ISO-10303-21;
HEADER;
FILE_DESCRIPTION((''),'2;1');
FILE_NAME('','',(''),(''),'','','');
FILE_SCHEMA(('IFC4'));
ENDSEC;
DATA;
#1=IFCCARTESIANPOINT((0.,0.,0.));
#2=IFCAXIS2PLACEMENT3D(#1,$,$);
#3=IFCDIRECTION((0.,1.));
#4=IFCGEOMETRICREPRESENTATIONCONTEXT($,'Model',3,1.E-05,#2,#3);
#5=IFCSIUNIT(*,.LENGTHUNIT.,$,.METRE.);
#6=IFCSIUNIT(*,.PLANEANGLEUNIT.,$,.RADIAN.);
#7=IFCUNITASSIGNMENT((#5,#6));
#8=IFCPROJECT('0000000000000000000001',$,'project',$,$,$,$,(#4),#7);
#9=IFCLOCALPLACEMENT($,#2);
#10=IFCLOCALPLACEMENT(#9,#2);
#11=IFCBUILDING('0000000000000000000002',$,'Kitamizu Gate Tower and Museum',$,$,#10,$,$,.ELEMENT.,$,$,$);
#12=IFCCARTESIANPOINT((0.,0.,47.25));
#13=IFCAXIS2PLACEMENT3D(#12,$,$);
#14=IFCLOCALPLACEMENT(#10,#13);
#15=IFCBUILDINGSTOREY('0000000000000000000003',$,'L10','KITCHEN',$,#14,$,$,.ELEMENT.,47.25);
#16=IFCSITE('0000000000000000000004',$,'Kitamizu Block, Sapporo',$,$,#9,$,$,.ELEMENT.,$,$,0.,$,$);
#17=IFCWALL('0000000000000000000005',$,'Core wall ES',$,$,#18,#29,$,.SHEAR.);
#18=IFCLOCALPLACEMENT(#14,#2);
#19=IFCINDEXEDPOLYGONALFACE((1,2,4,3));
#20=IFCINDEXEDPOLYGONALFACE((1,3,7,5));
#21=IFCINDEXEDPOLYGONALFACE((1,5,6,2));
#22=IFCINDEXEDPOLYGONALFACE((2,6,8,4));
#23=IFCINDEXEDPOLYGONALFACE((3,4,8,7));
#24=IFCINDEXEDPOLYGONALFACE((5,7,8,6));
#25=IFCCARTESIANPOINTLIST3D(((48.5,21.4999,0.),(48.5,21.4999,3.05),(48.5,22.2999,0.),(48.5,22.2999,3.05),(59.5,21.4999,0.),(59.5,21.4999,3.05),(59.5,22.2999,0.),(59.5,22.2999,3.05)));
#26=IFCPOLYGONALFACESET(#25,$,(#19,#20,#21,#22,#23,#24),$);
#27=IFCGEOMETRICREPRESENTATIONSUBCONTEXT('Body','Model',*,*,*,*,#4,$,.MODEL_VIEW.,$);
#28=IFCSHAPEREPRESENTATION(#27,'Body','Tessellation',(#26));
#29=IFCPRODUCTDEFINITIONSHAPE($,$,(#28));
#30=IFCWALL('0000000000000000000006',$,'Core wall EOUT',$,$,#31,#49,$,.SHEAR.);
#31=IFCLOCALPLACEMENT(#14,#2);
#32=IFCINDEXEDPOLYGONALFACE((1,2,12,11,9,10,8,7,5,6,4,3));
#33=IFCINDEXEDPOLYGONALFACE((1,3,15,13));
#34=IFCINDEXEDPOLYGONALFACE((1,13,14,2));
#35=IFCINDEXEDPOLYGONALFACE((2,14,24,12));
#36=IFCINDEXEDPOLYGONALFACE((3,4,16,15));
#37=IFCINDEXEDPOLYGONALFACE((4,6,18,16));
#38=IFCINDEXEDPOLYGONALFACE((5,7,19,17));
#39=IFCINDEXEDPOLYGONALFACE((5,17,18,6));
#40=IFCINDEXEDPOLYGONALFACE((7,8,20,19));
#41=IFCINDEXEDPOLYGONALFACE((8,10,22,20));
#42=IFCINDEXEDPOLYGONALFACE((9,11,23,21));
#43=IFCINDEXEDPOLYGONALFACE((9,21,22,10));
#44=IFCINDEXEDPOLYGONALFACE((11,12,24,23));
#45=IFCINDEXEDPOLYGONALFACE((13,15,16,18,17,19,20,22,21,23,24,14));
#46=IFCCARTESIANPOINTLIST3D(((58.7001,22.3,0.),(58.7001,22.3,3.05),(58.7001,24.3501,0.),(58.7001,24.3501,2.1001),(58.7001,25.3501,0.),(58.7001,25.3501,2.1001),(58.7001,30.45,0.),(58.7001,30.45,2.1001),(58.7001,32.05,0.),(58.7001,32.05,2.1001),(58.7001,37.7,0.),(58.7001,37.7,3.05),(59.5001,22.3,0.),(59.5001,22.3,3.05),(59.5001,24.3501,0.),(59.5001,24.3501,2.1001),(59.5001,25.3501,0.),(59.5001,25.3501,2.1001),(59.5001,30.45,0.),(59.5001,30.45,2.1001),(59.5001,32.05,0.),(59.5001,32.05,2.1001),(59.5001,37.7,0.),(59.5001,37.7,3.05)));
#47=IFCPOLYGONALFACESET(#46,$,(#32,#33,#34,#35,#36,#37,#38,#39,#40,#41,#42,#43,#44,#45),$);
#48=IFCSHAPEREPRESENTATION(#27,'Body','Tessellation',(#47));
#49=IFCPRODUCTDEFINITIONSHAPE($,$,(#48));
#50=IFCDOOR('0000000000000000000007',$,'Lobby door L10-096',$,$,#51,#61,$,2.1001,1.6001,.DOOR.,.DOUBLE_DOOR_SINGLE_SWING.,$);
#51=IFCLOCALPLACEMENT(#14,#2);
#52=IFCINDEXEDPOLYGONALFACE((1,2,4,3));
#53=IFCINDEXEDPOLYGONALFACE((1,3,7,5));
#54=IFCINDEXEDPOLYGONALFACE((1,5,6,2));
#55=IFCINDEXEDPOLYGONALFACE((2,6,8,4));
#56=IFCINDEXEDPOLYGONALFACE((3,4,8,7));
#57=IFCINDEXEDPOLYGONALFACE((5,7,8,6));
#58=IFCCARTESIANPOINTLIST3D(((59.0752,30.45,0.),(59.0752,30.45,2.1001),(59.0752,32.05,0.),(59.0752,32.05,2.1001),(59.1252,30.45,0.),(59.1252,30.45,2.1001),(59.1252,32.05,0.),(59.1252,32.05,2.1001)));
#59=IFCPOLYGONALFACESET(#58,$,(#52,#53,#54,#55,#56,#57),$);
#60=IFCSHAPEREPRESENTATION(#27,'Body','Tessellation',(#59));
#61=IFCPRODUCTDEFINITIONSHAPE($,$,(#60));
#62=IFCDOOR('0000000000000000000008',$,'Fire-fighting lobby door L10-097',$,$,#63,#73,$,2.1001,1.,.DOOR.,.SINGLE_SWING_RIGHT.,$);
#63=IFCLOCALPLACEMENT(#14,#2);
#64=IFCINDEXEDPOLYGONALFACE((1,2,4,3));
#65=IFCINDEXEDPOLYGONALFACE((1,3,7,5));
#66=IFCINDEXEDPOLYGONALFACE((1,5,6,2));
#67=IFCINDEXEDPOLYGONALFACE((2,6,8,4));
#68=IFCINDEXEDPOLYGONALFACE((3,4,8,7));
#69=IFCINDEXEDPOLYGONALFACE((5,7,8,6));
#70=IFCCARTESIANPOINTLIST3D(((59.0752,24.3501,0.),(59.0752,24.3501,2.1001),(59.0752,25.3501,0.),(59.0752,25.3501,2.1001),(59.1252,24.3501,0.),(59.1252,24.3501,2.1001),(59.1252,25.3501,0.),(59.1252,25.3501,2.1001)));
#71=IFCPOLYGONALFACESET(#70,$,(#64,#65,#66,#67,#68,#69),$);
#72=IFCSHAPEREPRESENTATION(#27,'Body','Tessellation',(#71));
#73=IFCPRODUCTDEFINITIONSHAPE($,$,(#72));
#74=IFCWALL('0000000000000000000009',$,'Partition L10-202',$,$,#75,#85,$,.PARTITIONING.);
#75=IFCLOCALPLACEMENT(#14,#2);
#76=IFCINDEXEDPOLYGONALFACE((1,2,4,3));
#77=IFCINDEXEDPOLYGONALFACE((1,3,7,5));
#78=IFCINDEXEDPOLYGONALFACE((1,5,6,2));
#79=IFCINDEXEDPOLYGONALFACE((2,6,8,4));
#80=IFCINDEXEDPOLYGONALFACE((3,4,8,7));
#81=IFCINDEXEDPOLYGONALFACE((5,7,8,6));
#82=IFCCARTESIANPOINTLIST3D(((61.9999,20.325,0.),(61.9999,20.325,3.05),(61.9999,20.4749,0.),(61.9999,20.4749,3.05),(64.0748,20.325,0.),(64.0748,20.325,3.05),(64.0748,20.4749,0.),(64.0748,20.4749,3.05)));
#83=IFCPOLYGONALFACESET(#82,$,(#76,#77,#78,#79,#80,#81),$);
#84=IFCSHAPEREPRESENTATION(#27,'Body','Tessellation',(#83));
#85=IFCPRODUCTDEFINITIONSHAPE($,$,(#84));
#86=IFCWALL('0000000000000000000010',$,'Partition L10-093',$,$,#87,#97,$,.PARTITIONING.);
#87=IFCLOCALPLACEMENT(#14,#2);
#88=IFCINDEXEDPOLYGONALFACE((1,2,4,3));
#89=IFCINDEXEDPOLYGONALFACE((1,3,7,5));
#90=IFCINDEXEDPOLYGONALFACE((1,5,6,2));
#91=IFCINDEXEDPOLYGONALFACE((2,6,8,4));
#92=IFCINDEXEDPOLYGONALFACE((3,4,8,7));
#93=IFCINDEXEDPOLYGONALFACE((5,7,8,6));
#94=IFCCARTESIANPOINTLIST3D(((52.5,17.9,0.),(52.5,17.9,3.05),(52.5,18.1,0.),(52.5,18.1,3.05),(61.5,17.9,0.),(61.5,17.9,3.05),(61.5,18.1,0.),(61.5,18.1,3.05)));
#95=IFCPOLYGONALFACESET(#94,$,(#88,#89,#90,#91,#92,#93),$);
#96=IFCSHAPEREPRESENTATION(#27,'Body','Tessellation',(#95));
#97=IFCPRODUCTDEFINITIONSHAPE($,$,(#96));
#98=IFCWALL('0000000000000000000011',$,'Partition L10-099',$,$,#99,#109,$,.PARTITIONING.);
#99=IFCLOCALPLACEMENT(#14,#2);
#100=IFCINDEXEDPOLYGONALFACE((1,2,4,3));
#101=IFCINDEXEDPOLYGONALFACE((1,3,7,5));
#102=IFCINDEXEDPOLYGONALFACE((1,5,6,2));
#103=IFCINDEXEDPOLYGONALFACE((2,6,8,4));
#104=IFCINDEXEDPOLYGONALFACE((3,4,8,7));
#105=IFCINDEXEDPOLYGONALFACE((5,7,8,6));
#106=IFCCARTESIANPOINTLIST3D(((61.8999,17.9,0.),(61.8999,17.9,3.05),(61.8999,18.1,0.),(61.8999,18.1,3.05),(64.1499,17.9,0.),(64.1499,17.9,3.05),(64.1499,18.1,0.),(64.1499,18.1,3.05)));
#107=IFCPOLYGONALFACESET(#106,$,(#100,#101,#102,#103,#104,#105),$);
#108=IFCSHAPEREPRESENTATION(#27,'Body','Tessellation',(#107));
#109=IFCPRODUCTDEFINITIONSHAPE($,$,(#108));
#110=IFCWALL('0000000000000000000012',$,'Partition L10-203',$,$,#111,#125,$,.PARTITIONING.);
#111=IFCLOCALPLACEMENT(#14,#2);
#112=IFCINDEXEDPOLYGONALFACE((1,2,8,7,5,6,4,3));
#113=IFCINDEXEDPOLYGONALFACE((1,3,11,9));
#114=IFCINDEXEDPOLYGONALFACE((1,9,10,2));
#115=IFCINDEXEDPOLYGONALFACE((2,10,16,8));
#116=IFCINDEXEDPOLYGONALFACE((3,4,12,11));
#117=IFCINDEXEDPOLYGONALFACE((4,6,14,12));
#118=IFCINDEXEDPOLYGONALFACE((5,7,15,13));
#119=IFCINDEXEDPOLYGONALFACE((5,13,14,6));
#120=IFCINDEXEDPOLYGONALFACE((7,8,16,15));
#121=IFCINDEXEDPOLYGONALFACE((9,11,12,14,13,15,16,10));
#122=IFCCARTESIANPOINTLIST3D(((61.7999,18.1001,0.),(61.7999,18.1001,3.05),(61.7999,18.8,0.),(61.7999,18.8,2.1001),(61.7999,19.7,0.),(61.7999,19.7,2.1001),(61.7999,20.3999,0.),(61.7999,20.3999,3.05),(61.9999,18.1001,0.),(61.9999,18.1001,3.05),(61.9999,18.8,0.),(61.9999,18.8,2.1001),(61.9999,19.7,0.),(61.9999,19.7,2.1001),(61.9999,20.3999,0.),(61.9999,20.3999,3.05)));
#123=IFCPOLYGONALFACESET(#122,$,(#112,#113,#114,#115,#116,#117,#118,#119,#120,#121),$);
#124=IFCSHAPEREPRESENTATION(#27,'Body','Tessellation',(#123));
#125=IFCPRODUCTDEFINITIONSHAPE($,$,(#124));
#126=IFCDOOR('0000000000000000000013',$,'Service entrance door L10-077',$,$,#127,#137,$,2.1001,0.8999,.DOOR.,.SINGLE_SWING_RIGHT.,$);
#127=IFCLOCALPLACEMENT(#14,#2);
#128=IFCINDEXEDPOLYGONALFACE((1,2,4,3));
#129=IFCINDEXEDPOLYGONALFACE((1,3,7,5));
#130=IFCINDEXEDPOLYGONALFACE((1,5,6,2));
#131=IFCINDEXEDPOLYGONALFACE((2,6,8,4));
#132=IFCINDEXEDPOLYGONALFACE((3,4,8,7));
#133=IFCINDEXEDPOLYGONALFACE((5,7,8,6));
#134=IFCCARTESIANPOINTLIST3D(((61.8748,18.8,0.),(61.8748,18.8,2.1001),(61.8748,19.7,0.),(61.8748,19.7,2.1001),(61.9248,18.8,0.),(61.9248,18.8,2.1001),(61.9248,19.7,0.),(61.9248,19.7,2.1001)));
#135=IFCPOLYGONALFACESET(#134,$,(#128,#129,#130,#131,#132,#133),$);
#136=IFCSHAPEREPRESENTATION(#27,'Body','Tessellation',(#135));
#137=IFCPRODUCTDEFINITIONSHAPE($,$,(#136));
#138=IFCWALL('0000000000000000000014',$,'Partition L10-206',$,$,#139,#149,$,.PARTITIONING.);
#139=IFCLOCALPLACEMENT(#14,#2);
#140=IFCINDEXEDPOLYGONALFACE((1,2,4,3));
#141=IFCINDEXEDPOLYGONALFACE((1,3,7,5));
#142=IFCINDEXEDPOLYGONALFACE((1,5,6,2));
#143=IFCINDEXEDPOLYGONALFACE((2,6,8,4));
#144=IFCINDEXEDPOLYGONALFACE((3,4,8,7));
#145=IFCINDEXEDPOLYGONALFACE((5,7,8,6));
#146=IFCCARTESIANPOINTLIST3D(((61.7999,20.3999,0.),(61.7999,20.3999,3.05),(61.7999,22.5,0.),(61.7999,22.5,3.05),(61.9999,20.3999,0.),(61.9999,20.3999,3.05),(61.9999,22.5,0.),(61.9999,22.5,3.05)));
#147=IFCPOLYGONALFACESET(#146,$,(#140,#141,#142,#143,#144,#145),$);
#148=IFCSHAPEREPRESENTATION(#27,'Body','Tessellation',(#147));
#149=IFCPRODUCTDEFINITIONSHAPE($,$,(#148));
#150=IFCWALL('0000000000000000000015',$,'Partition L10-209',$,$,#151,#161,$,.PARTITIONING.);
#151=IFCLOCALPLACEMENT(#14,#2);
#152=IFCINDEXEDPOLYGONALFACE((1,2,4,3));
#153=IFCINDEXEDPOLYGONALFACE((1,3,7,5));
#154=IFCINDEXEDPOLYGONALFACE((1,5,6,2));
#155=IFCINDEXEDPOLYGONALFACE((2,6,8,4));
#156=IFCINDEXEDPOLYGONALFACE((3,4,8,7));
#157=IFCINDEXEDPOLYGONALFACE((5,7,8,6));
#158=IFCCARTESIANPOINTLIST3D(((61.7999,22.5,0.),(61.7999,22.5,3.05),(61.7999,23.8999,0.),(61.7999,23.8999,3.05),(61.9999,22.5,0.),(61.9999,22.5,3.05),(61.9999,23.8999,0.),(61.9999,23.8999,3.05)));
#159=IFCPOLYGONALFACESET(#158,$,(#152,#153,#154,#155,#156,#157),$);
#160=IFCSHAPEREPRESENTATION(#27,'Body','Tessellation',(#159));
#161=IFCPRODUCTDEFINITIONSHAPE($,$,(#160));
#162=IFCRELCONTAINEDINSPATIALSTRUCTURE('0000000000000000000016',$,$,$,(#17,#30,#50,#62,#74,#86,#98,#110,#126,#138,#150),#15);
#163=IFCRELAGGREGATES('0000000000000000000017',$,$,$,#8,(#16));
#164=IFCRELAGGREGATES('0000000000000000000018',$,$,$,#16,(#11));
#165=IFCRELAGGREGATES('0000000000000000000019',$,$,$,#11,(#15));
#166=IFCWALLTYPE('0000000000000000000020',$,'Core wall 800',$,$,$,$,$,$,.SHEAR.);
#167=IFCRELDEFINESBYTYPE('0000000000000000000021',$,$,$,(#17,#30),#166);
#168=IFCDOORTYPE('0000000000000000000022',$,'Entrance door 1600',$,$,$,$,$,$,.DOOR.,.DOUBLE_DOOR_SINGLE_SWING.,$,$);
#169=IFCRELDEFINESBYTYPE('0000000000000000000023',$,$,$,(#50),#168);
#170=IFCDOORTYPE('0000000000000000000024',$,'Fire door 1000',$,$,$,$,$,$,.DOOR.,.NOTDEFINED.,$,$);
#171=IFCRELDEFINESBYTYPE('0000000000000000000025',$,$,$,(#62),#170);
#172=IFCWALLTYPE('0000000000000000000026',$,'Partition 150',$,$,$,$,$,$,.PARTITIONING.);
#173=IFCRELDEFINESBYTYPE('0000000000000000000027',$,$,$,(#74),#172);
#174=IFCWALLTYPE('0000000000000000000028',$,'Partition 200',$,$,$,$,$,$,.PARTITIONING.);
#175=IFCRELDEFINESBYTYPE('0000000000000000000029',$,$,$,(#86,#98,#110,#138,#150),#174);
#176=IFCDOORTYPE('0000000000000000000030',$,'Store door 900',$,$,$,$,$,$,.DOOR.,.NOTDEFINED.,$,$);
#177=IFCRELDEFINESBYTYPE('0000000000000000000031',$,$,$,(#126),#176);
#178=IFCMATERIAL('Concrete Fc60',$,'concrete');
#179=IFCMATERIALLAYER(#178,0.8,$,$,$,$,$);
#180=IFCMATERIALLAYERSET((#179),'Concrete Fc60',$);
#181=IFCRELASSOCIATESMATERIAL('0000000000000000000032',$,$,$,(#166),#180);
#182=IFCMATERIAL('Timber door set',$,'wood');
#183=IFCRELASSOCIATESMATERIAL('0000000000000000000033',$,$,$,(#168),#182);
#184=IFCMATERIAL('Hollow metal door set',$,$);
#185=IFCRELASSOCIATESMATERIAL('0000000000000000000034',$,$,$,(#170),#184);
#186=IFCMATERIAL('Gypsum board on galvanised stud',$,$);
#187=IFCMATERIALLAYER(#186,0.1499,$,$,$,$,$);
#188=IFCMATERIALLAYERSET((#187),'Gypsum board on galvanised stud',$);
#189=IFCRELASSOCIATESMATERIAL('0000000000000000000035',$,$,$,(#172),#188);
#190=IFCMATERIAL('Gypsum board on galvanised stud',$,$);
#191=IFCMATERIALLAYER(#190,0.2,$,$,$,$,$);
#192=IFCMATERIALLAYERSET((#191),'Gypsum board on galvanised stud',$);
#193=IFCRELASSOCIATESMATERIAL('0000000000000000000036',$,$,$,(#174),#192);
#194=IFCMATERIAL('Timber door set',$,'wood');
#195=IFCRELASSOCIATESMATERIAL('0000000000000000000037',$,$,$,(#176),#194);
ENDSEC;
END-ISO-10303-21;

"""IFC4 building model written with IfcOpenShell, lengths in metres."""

from ifc_helpers import new_model, si_unit, direction, frame, frame_2d, origin, place, context, subcontext, project, spatial, rectangle, extrude, material, layer, layer_set, type_object, element, fill, save


model = new_model("IFC4")

# Units and contexts
model_context = context("Model", 3, precision=1e-05, world=origin(), true_north=direction((0.0, 1.0)))
body_context = subcontext(model_context, "Body", "Model", "MODEL_VIEW")
ifc_project = project(units=[si_unit("LENGTHUNIT", "METRE"), si_unit("PLANEANGLEUNIT", "RADIAN")], contexts=[model_context])

# Site, building, storey
site_placement = place(None, origin())
site = spatial("IfcSite", under=ifc_project, at=site_placement, Name="Kitamizu Block, Sapporo", CompositionType="ELEMENT", RefElevation=0.0)
building_placement = place(site_placement, origin())
building = spatial("IfcBuilding", under=site, at=building_placement, Name="Kitamizu Gate Tower and Museum", CompositionType="ELEMENT")
storey_placement = place(building_placement, frame((0.0, 0.0, 47.25)))
storey = spatial("IfcBuildingStorey", under=building, at=storey_placement, Name="L10", Description="KITCHEN", CompositionType="ELEMENT", Elevation=47.25)

# Wall
ifc_material_1 = material(Name="Concrete Fc60", Category="concrete")
ifc_layer_1 = layer(ifc_material_1, 0.8)
ifc_layer_set_1 = layer_set([ifc_layer_1], Name="Concrete Fc60")
wall_type_1 = type_object("IfcWallType", Name="Core wall 800", PredefinedType="SHEAR", material=ifc_layer_set_1)
wall_1_placement = place(storey_placement, frame((59.5, 21.8999, 0.0), z_axis=(0.0, 0.0, 1.0), x_axis=(-1.0, 0.0, 0.0)))
element("IfcWall", 1, at=wall_1_placement, inside=storey, type_object=wall_type_1, Name="Core wall ES", PredefinedType="SHEAR", context=body_context, shape_type="SweptSolid", body=[
    extrude(rectangle(XDim=11.0, YDim=0.8, at=frame_2d((5.5, 0.0))), origin(), (0.0, 0.0, 1.0), 3.05),
])

# Wall, openings, doors
wall_2_placement = place(storey_placement, frame((59.1001, 22.3, 0.0), z_axis=(0.0, 0.0, 1.0), x_axis=(0.0, 1.0, 0.0)))
wall_2 = element("IfcWall", 2, at=wall_2_placement, inside=storey, type_object=wall_type_1, Name="Core wall EOUT", PredefinedType="SHEAR", context=body_context, shape_type="SweptSolid", body=[
    extrude(rectangle(XDim=15.3999, YDim=0.8, at=frame_2d((7.7, 0.0))), origin(), (0.0, 0.0, 1.0), 3.05),
])
opening_1_placement = place(wall_2_placement, frame((8.1499, 0.0, 0.0)))
opening_1 = element("IfcOpeningElement", 3, at=opening_1_placement, cuts=wall_2, PredefinedType="OPENING", context=body_context, shape_type="SweptSolid", body=[
    extrude(rectangle(XDim=1.6001, YDim=2.1001, at=frame_2d((0.8, 1.05))), frame((0.0, 0.4102, 0.0), z_axis=(0.0, -1.0, 0.0), x_axis=(1.0, 0.0, 0.0)), (0.0, 0.0, 1.0), 0.8201),
])
opening_2_placement = place(wall_2_placement, frame((2.05, 0.0, 0.0)))
opening_2 = element("IfcOpeningElement", 4, at=opening_2_placement, cuts=wall_2, PredefinedType="OPENING", context=body_context, shape_type="SweptSolid", body=[
    extrude(rectangle(XDim=1.0, YDim=2.1001, at=frame_2d((0.5, 1.05))), frame((0.0, 0.4102, 0.0), z_axis=(0.0, -1.0, 0.0), x_axis=(1.0, 0.0, 0.0)), (0.0, 0.0, 1.0), 0.8201),
])
ifc_material_2 = material(Name="Timber door set", Category="wood")
door_type_1 = type_object("IfcDoorType", Name="Entrance door 1600", OperationType="DOUBLE_DOOR_SINGLE_SWING", PredefinedType="DOOR", material=ifc_material_2)
door_1_placement = place(opening_1_placement, origin())
door_1 = element("IfcDoor", 5, at=door_1_placement, inside=storey, type_object=door_type_1, Name="Lobby door L10-096", OperationType="DOUBLE_DOOR_SINGLE_SWING", OverallHeight=2.1001, OverallWidth=1.6001, PredefinedType="DOOR", context=body_context, shape_type="SweptSolid", body=[
    extrude(rectangle(XDim=1.6001, YDim=2.1001, at=frame_2d((0.8, 1.05))), frame((0.0, 0.0249, 0.0), z_axis=(0.0, -1.0, 0.0), x_axis=(1.0, 0.0, 0.0)), (0.0, 0.0, 1.0), 0.05),
])
fill(opening_1, door_1)
ifc_material_3 = material(Name="Hollow metal door set")
door_type_2 = type_object("IfcDoorType", Name="Fire door 1000", OperationType="NOTDEFINED", PredefinedType="DOOR", material=ifc_material_3)
door_2_placement = place(opening_2_placement, origin())
door_2 = element("IfcDoor", 6, at=door_2_placement, inside=storey, type_object=door_type_2, Name="Fire-fighting lobby door L10-097", OperationType="SINGLE_SWING_RIGHT", OverallHeight=2.1001, OverallWidth=1.0, PredefinedType="DOOR", context=body_context, shape_type="SweptSolid", body=[
    extrude(rectangle(XDim=1.0, YDim=2.1001, at=frame_2d((0.5, 1.05))), frame((0.0, 0.0249, 0.0), z_axis=(0.0, -1.0, 0.0), x_axis=(1.0, 0.0, 0.0)), (0.0, 0.0, 1.0), 0.05),
])
fill(opening_2, door_2)

# Walls
ifc_material_4 = material(Name="Gypsum board on galvanised stud")
ifc_layer_2 = layer(ifc_material_4, 0.1499)
ifc_layer_set_2 = layer_set([ifc_layer_2], Name="Gypsum board on galvanised stud")
wall_type_2 = type_object("IfcWallType", Name="Partition 150", PredefinedType="PARTITIONING", material=ifc_layer_set_2)
wall_3_placement = place(storey_placement, frame((64.075, 20.3999, 0.0), z_axis=(0.0, 0.0, 1.0), x_axis=(-1.0, 0.0, 0.0)))
element("IfcWall", 7, at=wall_3_placement, inside=storey, type_object=wall_type_2, Name="Partition L10-202", PredefinedType="PARTITIONING", context=body_context, shape_type="SweptSolid", body=[
    extrude(rectangle(XDim=2.075, YDim=0.1499, at=frame_2d((1.0376, 0.0))), origin(), (0.0, 0.0, 1.0), 3.05),
])
ifc_material_5 = material(Name="Gypsum board on galvanised stud")
ifc_layer_3 = layer(ifc_material_5, 0.2)
ifc_layer_set_3 = layer_set([ifc_layer_3], Name="Gypsum board on galvanised stud")
wall_type_3 = type_object("IfcWallType", Name="Partition 200", PredefinedType="PARTITIONING", material=ifc_layer_set_3)
wall_4_placement = place(storey_placement, frame((61.5, 18.0, 0.0), z_axis=(0.0, 0.0, 1.0), x_axis=(-1.0, 0.0, 0.0)))
element("IfcWall", 8, at=wall_4_placement, inside=storey, type_object=wall_type_3, Name="Partition L10-093", PredefinedType="PARTITIONING", context=body_context, shape_type="SweptSolid", body=[
    extrude(rectangle(XDim=9.0, YDim=0.2, at=frame_2d((4.5, 0.0))), origin(), (0.0, 0.0, 1.0), 3.05),
])
wall_5_placement = place(storey_placement, frame((64.1499, 18.0, 0.0), z_axis=(0.0, 0.0, 1.0), x_axis=(-1.0, 0.0, 0.0)))
element("IfcWall", 9, at=wall_5_placement, inside=storey, type_object=wall_type_3, Name="Partition L10-099", PredefinedType="PARTITIONING", context=body_context, shape_type="SweptSolid", body=[
    extrude(rectangle(XDim=2.25, YDim=0.2, at=frame_2d((1.125, 0.0))), origin(), (0.0, 0.0, 1.0), 3.05),
])

# Wall, opening, door
wall_6_placement = place(storey_placement, frame((61.8999, 20.3999, 0.0), z_axis=(0.0, 0.0, 1.0), x_axis=(0.0, -1.0, 0.0)))
wall_6 = element("IfcWall", 10, at=wall_6_placement, inside=storey, type_object=wall_type_3, Name="Partition L10-203", PredefinedType="PARTITIONING", context=body_context, shape_type="SweptSolid", body=[
    extrude(rectangle(XDim=2.2998, YDim=0.2, at=frame_2d((1.1499, 0.0))), origin(), (0.0, 0.0, 1.0), 3.05),
])
opening_3_placement = place(wall_6_placement, frame((0.7, 0.0, 0.0)))
opening_3 = element("IfcOpeningElement", 11, at=opening_3_placement, cuts=wall_6, PredefinedType="OPENING", context=body_context, shape_type="SweptSolid", body=[
    extrude(rectangle(XDim=0.8999, YDim=2.1001, at=frame_2d((0.45, 1.05))), frame((0.0, 0.1099, 0.0), z_axis=(0.0, -1.0, 0.0), x_axis=(1.0, 0.0, 0.0)), (0.0, 0.0, 1.0), 0.22),
])
ifc_material_6 = material(Name="Timber door set", Category="wood")
door_type_3 = type_object("IfcDoorType", Name="Store door 900", OperationType="NOTDEFINED", PredefinedType="DOOR", material=ifc_material_6)
door_3_placement = place(opening_3_placement, origin())
door_3 = element("IfcDoor", 12, at=door_3_placement, inside=storey, type_object=door_type_3, Name="Service entrance door L10-077", OperationType="SINGLE_SWING_RIGHT", OverallHeight=2.1001, OverallWidth=0.8999, PredefinedType="DOOR", context=body_context, shape_type="SweptSolid", body=[
    extrude(rectangle(XDim=0.8999, YDim=2.1001, at=frame_2d((0.45, 1.05))), frame((0.0, 0.0249, 0.0), z_axis=(0.0, -1.0, 0.0), x_axis=(1.0, 0.0, 0.0)), (0.0, 0.0, 1.0), 0.05),
])
fill(opening_3, door_3)

# Walls
wall_7_placement = place(storey_placement, frame((61.8999, 22.5, 0.0), z_axis=(0.0, 0.0, 1.0), x_axis=(0.0, -1.0, 0.0)))
element("IfcWall", 13, at=wall_7_placement, inside=storey, type_object=wall_type_3, Name="Partition L10-206", PredefinedType="PARTITIONING", context=body_context, shape_type="SweptSolid", body=[
    extrude(rectangle(XDim=2.1001, YDim=0.2, at=frame_2d((1.05, 0.0))), origin(), (0.0, 0.0, 1.0), 3.05),
])
wall_8_placement = place(storey_placement, frame((61.8999, 23.8999, 0.0), z_axis=(0.0, 0.0, 1.0), x_axis=(0.0, -1.0, 0.0)))
element("IfcWall", 14, at=wall_8_placement, inside=storey, type_object=wall_type_3, Name="Partition L10-209", PredefinedType="PARTITIONING", context=body_context, shape_type="SweptSolid", body=[
    extrude(rectangle(XDim=1.3999, YDim=0.2, at=frame_2d((0.7, 0.0))), origin(), (0.0, 0.0, 1.0), 3.05),
])

save(model, "model.ifc")
